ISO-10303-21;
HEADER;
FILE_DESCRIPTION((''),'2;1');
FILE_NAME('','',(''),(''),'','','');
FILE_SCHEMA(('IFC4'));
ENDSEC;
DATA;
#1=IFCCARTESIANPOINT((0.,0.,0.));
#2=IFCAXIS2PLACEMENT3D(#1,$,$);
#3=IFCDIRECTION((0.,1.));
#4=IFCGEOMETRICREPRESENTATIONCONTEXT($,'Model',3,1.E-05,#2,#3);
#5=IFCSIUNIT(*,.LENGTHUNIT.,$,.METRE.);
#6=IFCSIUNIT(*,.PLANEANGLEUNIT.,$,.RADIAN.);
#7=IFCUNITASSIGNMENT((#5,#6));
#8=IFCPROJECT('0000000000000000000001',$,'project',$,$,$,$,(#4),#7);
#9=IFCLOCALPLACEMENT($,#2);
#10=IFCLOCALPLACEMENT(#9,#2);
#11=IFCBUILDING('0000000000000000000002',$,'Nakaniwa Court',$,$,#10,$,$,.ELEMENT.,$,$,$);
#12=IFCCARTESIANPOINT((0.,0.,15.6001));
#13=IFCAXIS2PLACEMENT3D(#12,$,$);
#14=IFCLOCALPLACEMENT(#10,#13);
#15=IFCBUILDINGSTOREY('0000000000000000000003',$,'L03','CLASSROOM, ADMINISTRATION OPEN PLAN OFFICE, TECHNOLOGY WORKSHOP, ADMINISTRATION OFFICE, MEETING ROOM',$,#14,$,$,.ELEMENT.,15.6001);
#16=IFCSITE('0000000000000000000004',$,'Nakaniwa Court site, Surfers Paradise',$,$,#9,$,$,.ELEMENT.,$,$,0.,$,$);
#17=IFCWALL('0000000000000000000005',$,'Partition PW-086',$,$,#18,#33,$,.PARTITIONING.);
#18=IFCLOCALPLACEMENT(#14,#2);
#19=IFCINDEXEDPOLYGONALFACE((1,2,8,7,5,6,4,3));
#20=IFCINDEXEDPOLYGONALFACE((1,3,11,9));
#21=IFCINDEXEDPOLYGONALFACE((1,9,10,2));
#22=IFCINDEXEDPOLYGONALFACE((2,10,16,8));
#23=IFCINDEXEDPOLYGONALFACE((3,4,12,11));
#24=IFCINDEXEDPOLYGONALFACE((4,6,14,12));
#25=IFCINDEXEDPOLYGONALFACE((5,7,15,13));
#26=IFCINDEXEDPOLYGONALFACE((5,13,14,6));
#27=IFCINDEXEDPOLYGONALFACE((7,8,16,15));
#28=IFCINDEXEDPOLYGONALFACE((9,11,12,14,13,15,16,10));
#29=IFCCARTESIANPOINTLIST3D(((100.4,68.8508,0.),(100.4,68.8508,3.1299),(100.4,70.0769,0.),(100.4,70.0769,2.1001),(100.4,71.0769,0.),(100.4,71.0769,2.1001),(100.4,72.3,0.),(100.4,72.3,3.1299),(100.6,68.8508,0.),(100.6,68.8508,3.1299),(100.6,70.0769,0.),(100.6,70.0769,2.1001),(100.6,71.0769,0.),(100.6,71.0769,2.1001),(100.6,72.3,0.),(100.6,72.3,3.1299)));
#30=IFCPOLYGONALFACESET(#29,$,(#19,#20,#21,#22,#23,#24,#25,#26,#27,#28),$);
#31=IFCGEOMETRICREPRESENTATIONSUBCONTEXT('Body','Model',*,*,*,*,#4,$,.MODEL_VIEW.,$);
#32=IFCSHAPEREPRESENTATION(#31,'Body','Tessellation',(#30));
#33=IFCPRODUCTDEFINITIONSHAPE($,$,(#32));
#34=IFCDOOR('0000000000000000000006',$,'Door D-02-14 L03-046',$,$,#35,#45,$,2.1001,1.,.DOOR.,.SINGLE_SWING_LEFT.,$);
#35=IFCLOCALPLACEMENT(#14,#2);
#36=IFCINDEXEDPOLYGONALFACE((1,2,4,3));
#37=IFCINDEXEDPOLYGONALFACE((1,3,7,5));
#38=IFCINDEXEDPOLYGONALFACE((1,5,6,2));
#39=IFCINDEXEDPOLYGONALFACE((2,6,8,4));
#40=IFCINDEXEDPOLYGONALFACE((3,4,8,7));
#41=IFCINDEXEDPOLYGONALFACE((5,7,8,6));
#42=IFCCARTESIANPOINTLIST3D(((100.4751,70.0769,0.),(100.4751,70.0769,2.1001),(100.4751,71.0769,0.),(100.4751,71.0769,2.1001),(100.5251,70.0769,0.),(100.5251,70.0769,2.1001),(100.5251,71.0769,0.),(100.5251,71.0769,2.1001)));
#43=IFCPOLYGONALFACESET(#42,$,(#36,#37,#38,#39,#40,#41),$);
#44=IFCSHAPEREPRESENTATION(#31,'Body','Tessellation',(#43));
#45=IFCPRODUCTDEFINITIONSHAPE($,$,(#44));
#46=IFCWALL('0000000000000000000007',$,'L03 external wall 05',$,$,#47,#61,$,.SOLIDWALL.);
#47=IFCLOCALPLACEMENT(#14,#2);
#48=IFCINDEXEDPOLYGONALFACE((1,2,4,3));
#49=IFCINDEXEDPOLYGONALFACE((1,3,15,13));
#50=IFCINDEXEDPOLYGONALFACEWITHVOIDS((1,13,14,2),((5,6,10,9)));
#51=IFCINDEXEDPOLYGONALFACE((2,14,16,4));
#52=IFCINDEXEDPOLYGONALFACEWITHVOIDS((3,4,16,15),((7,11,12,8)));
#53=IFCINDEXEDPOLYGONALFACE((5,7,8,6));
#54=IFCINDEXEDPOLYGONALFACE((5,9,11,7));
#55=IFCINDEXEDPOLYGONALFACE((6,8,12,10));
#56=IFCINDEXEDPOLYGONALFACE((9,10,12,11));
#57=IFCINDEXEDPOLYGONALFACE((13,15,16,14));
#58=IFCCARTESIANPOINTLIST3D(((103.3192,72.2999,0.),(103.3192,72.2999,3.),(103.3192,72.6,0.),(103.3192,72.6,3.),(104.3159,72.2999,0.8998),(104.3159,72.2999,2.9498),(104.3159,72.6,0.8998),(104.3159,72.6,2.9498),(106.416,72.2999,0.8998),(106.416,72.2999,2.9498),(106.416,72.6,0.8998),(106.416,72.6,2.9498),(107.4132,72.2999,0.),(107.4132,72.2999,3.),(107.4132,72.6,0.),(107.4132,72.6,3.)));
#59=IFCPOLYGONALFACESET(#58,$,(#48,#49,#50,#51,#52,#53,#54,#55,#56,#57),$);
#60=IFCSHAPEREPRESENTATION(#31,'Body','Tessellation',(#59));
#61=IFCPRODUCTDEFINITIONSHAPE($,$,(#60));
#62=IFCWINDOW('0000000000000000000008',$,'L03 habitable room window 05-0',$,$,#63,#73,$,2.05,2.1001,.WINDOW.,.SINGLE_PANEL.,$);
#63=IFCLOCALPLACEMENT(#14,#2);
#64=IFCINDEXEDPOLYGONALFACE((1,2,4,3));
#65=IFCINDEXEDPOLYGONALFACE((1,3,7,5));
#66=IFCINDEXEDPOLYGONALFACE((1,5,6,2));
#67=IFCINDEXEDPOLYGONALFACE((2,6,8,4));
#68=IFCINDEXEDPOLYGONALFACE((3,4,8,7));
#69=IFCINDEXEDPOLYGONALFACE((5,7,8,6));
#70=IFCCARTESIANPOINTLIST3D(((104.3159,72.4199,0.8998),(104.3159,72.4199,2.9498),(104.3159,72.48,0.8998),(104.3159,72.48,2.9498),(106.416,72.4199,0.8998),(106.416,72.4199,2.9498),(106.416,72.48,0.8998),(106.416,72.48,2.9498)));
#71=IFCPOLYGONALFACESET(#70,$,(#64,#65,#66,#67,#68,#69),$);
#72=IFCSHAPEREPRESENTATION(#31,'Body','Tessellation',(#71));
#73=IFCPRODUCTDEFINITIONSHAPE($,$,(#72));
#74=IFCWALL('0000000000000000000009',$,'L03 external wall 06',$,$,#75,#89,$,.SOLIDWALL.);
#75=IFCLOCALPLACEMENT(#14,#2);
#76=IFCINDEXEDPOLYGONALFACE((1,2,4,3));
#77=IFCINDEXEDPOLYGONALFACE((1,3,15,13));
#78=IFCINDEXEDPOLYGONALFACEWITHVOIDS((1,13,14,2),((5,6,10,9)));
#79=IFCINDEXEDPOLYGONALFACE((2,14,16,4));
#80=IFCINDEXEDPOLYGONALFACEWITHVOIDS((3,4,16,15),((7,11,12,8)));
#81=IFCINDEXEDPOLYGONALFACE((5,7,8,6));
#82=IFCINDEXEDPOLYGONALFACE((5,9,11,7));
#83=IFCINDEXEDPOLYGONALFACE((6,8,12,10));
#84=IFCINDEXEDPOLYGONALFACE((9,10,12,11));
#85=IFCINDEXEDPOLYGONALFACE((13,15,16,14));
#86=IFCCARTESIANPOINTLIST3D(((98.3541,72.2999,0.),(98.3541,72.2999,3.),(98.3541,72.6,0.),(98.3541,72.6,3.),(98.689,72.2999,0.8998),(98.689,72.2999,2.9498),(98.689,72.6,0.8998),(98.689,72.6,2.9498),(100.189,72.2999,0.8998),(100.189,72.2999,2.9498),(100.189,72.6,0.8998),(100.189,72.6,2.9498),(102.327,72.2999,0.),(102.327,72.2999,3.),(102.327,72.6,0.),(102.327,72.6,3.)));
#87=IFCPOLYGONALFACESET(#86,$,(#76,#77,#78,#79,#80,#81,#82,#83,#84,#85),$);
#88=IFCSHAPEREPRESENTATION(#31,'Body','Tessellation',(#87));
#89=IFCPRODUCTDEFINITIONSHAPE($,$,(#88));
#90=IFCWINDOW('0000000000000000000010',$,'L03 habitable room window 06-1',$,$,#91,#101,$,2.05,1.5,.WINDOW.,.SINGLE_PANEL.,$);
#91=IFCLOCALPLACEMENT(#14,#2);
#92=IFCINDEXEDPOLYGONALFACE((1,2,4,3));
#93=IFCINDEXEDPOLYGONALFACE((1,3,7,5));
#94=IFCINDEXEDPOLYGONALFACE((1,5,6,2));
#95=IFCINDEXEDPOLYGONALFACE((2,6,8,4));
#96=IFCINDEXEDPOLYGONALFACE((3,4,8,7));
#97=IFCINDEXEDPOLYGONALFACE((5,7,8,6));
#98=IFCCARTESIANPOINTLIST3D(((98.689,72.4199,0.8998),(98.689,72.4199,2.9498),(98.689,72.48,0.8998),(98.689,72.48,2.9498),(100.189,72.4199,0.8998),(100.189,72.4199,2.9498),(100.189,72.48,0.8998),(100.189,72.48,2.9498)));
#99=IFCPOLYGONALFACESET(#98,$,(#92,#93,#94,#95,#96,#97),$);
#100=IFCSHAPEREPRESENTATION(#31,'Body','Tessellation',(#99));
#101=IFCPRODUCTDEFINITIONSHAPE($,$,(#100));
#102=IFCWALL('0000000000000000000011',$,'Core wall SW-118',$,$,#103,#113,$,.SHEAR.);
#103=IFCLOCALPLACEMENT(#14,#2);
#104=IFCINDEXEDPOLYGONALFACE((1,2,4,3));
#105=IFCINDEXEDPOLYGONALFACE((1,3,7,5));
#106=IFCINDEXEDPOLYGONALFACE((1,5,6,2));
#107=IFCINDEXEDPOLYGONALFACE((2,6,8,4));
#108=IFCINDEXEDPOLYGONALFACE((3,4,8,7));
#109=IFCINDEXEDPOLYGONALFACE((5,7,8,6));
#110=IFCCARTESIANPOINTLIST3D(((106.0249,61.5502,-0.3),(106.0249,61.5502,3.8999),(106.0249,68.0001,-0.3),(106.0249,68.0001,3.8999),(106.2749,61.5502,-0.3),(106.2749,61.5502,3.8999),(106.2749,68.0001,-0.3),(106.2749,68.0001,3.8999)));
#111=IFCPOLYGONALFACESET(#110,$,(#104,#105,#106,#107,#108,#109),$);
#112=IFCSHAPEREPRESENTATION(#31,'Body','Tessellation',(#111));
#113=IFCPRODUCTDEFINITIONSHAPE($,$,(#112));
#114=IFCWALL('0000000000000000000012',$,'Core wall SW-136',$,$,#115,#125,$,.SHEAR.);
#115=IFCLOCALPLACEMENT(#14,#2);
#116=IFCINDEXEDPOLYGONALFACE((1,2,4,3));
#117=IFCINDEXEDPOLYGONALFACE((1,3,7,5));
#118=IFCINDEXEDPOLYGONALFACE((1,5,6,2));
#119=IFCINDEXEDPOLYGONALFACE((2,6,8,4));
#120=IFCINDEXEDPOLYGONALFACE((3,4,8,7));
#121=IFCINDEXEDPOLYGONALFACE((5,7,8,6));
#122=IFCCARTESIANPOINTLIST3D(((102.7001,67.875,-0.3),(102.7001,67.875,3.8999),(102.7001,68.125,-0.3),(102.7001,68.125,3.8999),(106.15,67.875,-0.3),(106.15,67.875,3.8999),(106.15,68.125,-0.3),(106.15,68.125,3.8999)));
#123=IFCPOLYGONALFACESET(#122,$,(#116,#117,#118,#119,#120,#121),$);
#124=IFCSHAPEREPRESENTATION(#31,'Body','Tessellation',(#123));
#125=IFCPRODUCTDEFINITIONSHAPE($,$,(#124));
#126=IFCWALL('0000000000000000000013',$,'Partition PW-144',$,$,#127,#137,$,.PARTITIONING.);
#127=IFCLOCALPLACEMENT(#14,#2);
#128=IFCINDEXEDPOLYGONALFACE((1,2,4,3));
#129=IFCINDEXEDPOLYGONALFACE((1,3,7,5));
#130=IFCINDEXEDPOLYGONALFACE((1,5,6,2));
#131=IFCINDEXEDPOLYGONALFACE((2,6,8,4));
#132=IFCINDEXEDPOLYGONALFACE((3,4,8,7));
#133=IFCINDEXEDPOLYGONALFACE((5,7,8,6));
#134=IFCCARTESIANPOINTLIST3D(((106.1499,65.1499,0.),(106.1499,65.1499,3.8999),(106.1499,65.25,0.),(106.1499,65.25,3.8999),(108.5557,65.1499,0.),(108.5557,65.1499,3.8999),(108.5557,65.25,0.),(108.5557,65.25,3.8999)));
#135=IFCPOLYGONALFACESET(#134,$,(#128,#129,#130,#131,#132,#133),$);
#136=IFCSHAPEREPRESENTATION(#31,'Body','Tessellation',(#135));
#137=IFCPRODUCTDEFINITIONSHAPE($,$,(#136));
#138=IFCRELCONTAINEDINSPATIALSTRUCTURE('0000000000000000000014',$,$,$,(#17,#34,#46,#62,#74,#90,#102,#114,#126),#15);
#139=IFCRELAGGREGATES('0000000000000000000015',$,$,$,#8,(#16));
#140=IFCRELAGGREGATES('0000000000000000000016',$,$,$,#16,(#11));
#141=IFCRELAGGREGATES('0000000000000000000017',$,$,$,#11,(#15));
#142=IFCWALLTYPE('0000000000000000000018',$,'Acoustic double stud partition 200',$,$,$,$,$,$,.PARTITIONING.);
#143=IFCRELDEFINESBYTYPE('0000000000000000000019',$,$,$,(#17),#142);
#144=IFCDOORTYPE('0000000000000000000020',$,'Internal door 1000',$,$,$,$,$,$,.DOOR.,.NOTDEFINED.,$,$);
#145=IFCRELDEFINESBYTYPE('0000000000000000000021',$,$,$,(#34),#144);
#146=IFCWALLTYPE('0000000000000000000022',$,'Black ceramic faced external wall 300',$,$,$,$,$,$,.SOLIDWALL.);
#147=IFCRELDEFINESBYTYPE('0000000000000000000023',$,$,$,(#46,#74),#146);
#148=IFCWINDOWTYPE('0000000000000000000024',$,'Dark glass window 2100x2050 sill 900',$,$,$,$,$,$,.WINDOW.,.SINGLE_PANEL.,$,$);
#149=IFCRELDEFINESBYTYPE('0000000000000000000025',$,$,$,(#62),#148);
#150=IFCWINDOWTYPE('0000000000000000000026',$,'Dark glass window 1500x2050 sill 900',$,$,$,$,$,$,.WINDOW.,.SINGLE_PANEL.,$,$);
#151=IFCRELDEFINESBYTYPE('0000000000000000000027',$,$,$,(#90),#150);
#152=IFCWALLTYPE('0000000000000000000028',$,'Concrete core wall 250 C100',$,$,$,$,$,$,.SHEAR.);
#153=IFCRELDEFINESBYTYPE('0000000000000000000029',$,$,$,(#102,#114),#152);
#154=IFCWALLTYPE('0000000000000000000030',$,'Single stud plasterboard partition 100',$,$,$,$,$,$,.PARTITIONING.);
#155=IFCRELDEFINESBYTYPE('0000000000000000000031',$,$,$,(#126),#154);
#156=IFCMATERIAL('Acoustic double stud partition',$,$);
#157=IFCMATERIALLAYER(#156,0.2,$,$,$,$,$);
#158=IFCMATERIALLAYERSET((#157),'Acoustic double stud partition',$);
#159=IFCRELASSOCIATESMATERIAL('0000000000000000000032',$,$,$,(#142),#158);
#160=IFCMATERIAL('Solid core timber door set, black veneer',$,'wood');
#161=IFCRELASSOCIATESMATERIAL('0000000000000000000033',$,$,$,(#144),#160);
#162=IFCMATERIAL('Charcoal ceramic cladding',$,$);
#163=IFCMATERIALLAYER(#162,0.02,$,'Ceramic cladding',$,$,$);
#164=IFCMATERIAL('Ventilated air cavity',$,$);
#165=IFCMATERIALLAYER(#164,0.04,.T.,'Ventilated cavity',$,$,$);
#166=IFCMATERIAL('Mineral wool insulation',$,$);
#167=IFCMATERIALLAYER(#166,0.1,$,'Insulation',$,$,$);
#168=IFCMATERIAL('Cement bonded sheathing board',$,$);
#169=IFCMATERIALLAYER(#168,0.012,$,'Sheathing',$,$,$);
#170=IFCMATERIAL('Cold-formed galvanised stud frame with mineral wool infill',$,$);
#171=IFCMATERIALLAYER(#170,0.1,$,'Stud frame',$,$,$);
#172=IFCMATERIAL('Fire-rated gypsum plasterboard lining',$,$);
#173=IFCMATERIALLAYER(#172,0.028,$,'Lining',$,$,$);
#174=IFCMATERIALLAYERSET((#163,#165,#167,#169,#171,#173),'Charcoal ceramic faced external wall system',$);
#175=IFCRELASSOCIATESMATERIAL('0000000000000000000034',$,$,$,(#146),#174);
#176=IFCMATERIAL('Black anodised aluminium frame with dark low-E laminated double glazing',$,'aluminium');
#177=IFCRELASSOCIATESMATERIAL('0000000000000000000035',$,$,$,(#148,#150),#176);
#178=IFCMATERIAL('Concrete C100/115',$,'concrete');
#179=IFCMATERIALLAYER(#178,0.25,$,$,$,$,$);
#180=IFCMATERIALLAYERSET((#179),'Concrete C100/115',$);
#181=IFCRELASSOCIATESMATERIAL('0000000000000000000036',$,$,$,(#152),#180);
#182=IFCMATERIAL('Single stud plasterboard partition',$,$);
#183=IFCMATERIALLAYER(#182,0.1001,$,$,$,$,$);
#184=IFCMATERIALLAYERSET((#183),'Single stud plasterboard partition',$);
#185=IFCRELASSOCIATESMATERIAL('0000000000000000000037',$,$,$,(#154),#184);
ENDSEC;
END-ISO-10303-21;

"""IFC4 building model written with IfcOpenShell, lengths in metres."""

from ifc_helpers import new_model, si_unit, direction, frame, frame_2d, origin, place, context, subcontext, project, spatial, rectangle, extrude, material, layer, layer_set, type_object, element, fill, save


model = new_model("IFC4")

# Units and contexts
model_context = context("Model", 3, precision=1e-05, world=origin(), true_north=direction((0.0, 1.0)))
body_context = subcontext(model_context, "Body", "Model", "MODEL_VIEW")
ifc_project = project(units=[si_unit("LENGTHUNIT", "METRE"), si_unit("PLANEANGLEUNIT", "RADIAN")], contexts=[model_context])

# Site, building, storey
site_placement = place(None, origin())
site = spatial("IfcSite", under=ifc_project, at=site_placement, Name="Nakaniwa Court site, Surfers Paradise", CompositionType="ELEMENT", RefElevation=0.0)
building_placement = place(site_placement, origin())
building = spatial("IfcBuilding", under=site, at=building_placement, Name="Nakaniwa Court", CompositionType="ELEMENT")
storey_placement = place(building_placement, frame((0.0, 0.0, 15.6001)))
storey = spatial("IfcBuildingStorey", under=building, at=storey_placement, Name="L03", Description="CLASSROOM, ADMINISTRATION OPEN PLAN OFFICE, TECHNOLOGY WORKSHOP, ADMINISTRATION OFFICE, MEETING ROOM", CompositionType="ELEMENT", Elevation=15.6001)

# Shared definitions
ifc_material_1 = material(Name="Concrete C100/115", Category="concrete")

# Shared definitions
ifc_material_2 = material(Name="Black anodised aluminium frame with dark low-E laminated double glazing", Category="aluminium")

# Wall, opening, door
ifc_material_3 = material(Name="Acoustic double stud partition")
ifc_layer_1 = layer(ifc_material_3, 0.2)
ifc_layer_set_1 = layer_set([ifc_layer_1], Name="Acoustic double stud partition")
wall_type_1 = type_object("IfcWallType", Name="Acoustic double stud partition 200", PredefinedType="PARTITIONING", material=ifc_layer_set_1)
ifc_material_4 = material(Name="Solid core timber door set, black veneer", Category="wood")
door_type = type_object("IfcDoorType", Name="Internal door 1000", OperationType="NOTDEFINED", PredefinedType="DOOR", material=ifc_material_4)
wall_1_placement = place(storey_placement, frame((100.5, 68.8508, 0.0), z_axis=(0.0, 0.0, 1.0), x_axis=(0.0, 1.0, 0.0)))
wall_1 = element("IfcWall", 1, at=wall_1_placement, inside=storey, type_object=wall_type_1, Name="Partition PW-086", PredefinedType="PARTITIONING", context=body_context, shape_type="SweptSolid", body=[
    extrude(rectangle(XDim=3.4492, YDim=0.2, at=frame_2d((1.7246, 0.0))), origin(), (0.0, 0.0, 1.0), 3.1299),
])
opening_1_placement = place(wall_1_placement, frame((1.2261, 0.0, 0.0)))
opening_1 = element("IfcOpeningElement", 2, at=opening_1_placement, cuts=wall_1, PredefinedType="OPENING", context=body_context, shape_type="SweptSolid", body=[
    extrude(rectangle(XDim=1.0, YDim=2.1001, at=frame_2d((0.5, 1.05))), frame((0.0, 0.1099, 0.0), z_axis=(0.0, -1.0, 0.0), x_axis=(1.0, 0.0, 0.0)), (0.0, 0.0, 1.0), 0.22),
])
door_1_placement = place(opening_1_placement, origin())
door_1 = element("IfcDoor", 3, at=door_1_placement, inside=storey, type_object=door_type, Name="Door D-02-14 L03-046", OperationType="SINGLE_SWING_LEFT", OverallHeight=2.1001, OverallWidth=1.0, PredefinedType="DOOR", context=body_context, shape_type="SweptSolid", body=[
    extrude(rectangle(XDim=1.0, YDim=2.1001, at=frame_2d((0.5, 1.05))), frame((0.0, 0.0249, 0.0), z_axis=(0.0, -1.0, 0.0), x_axis=(1.0, 0.0, 0.0)), (0.0, 0.0, 1.0), 0.05),
])
fill(opening_1, door_1)

# Walls, openings, windows
ifc_material_5 = material(Name="Charcoal ceramic cladding")
ifc_layer_2 = layer(ifc_material_5, 0.02, Name="Ceramic cladding")
ifc_material_6 = material(Name="Ventilated air cavity")
ifc_layer_3 = layer(ifc_material_6, 0.04, ventilated=True, Name="Ventilated cavity")
ifc_material_7 = material(Name="Mineral wool insulation")
ifc_layer_4 = layer(ifc_material_7, 0.1, Name="Insulation")
ifc_material_8 = material(Name="Cement bonded sheathing board")
ifc_layer_5 = layer(ifc_material_8, 0.012, Name="Sheathing")
ifc_material_9 = material(Name="Cold-formed galvanised stud frame with mineral wool infill")
ifc_layer_6 = layer(ifc_material_9, 0.1, Name="Stud frame")
ifc_material_10 = material(Name="Fire-rated gypsum plasterboard lining")
ifc_layer_7 = layer(ifc_material_10, 0.028, Name="Lining")
ifc_layer_set_2 = layer_set([ifc_layer_2, ifc_layer_3, ifc_layer_4, ifc_layer_5, ifc_layer_6, ifc_layer_7], Name="Charcoal ceramic faced external wall system")
wall_type_2 = type_object("IfcWallType", Name="Black ceramic faced external wall 300", PredefinedType="SOLIDWALL", material=ifc_layer_set_2)
wall_2_placement = place(storey_placement, frame((107.4131, 72.45, 0.0), z_axis=(0.0, 0.0, 1.0), x_axis=(-1.0, 0.0, 0.0)))
wall_2 = element("IfcWall", 4, at=wall_2_placement, inside=storey, type_object=wall_type_2, Name="L03 external wall 05", PredefinedType="SOLIDWALL", context=body_context, shape_type="SweptSolid", body=[
    extrude(rectangle(XDim=4.094, YDim=0.3, at=frame_2d((2.0469, 0.0))), origin(), (0.0, 0.0, 1.0), 3.0),
])
opening_2_placement = place(wall_2_placement, frame((0.9971, 0.0, 0.8999)))
opening_2 = element("IfcOpeningElement", 5, at=opening_2_placement, cuts=wall_2, PredefinedType="OPENING", context=body_context, shape_type="SweptSolid", body=[
    extrude(rectangle(XDim=2.1001, YDim=2.05, at=frame_2d((1.05, 1.0249))), frame((0.0, 0.1599, 0.0), z_axis=(0.0, -1.0, 0.0), x_axis=(1.0, 0.0, 0.0)), (0.0, 0.0, 1.0), 0.3201),
])
window_type_1 = type_object("IfcWindowType", Name="Dark glass window 2100x2050 sill 900", PartitioningType="SINGLE_PANEL", PredefinedType="WINDOW", material=ifc_material_2)
window_1_placement = place(opening_2_placement, origin())
window_1 = element("IfcWindow", 6, at=window_1_placement, inside=storey, type_object=window_type_1, Name="L03 habitable room window 05-0", OverallHeight=2.05, OverallWidth=2.1001, PartitioningType="SINGLE_PANEL", PredefinedType="WINDOW", context=body_context, shape_type="SweptSolid", body=[
    extrude(rectangle(XDim=2.1001, YDim=2.05, at=frame_2d((1.05, 1.0249))), frame((0.0, 0.03, 0.0), z_axis=(0.0, -1.0, 0.0), x_axis=(1.0, 0.0, 0.0)), (0.0, 0.0, 1.0), 0.0601),
])
fill(opening_2, window_1)
wall_3_placement = place(storey_placement, frame((102.3269, 72.45, 0.0), z_axis=(0.0, 0.0, 1.0), x_axis=(-1.0, 0.0, 0.0)))
wall_3 = element("IfcWall", 7, at=wall_3_placement, inside=storey, type_object=wall_type_2, Name="L03 external wall 06", PredefinedType="SOLIDWALL", context=body_context, shape_type="SweptSolid", body=[
    extrude(rectangle(XDim=3.9729, YDim=0.3, at=frame_2d((1.9863, 0.0))), origin(), (0.0, 0.0, 1.0), 3.0),
])
opening_3_placement = place(wall_3_placement, frame((2.1379, 0.0, 0.8999)))
opening_3 = element("IfcOpeningElement", 8, at=opening_3_placement, cuts=wall_3, PredefinedType="OPENING", context=body_context, shape_type="SweptSolid", body=[
    extrude(rectangle(XDim=1.5, YDim=2.05, at=frame_2d((0.75, 1.0249))), frame((0.0, 0.1599, 0.0), z_axis=(0.0, -1.0, 0.0), x_axis=(1.0, 0.0, 0.0)), (0.0, 0.0, 1.0), 0.3201),
])
window_type_2 = type_object("IfcWindowType", Name="Dark glass window 1500x2050 sill 900", PartitioningType="SINGLE_PANEL", PredefinedType="WINDOW", material=ifc_material_2)
window_2_placement = place(opening_3_placement, origin())
window_2 = element("IfcWindow", 9, at=window_2_placement, inside=storey, type_object=window_type_2, Name="L03 habitable room window 06-1", OverallHeight=2.05, OverallWidth=1.5, PartitioningType="SINGLE_PANEL", PredefinedType="WINDOW", context=body_context, shape_type="SweptSolid", body=[
    extrude(rectangle(XDim=1.5, YDim=2.05, at=frame_2d((0.75, 1.0249))), frame((0.0, 0.03, 0.0), z_axis=(0.0, -1.0, 0.0), x_axis=(1.0, 0.0, 0.0)), (0.0, 0.0, 1.0), 0.0601),
])
fill(opening_3, window_2)

# Walls
ifc_layer_8 = layer(ifc_material_1, 0.25)
ifc_layer_set_3 = layer_set([ifc_layer_8], Name="Concrete C100/115")
wall_type_3 = type_object("IfcWallType", Name="Concrete core wall 250 C100", PredefinedType="SHEAR", material=ifc_layer_set_3)
wall_4_placement = place(storey_placement, frame((106.1499, 61.55, -0.3), z_axis=(0.0, 0.0, 1.0), x_axis=(0.0, 1.0, 0.0)))
element("IfcWall", 10, at=wall_4_placement, inside=storey, type_object=wall_type_3, Name="Core wall SW-118", PredefinedType="SHEAR", context=body_context, shape_type="SweptSolid", body=[
    extrude(rectangle(XDim=6.45, YDim=0.25, at=frame_2d((3.2251, 0.0))), origin(), (0.0, 0.0, 1.0), 4.2),
])
wall_5_placement = place(storey_placement, frame((102.7, 68.0, -0.3), z_axis=(0.0, 0.0, 1.0), x_axis=(1.0, 0.0, 0.0)))
element("IfcWall", 11, at=wall_5_placement, inside=storey, type_object=wall_type_3, Name="Core wall SW-136", PredefinedType="SHEAR", context=body_context, shape_type="SweptSolid", body=[
    extrude(rectangle(XDim=3.45, YDim=0.25, at=frame_2d((1.7251, 0.0))), origin(), (0.0, 0.0, 1.0), 4.2),
])
ifc_material_11 = material(Name="Single stud plasterboard partition")
ifc_layer_9 = layer(ifc_material_11, 0.1001)
ifc_layer_set_4 = layer_set([ifc_layer_9], Name="Single stud plasterboard partition")
wall_type_4 = type_object("IfcWallType", Name="Single stud plasterboard partition 100", PredefinedType="PARTITIONING", material=ifc_layer_set_4)
wall_6_placement = place(storey_placement, frame((106.1499, 65.2, 0.0), z_axis=(0.0, 0.0, 1.0), x_axis=(1.0, 0.0, 0.0)))
element("IfcWall", 12, at=wall_6_placement, inside=storey, type_object=wall_type_4, Name="Partition PW-144", PredefinedType="PARTITIONING", context=body_context, shape_type="SweptSolid", body=[
    extrude(rectangle(XDim=2.4058, YDim=0.1001, at=frame_2d((1.2029, 0.0))), origin(), (0.0, 0.0, 1.0), 3.8999),
])

save(model, "model.ifc")
